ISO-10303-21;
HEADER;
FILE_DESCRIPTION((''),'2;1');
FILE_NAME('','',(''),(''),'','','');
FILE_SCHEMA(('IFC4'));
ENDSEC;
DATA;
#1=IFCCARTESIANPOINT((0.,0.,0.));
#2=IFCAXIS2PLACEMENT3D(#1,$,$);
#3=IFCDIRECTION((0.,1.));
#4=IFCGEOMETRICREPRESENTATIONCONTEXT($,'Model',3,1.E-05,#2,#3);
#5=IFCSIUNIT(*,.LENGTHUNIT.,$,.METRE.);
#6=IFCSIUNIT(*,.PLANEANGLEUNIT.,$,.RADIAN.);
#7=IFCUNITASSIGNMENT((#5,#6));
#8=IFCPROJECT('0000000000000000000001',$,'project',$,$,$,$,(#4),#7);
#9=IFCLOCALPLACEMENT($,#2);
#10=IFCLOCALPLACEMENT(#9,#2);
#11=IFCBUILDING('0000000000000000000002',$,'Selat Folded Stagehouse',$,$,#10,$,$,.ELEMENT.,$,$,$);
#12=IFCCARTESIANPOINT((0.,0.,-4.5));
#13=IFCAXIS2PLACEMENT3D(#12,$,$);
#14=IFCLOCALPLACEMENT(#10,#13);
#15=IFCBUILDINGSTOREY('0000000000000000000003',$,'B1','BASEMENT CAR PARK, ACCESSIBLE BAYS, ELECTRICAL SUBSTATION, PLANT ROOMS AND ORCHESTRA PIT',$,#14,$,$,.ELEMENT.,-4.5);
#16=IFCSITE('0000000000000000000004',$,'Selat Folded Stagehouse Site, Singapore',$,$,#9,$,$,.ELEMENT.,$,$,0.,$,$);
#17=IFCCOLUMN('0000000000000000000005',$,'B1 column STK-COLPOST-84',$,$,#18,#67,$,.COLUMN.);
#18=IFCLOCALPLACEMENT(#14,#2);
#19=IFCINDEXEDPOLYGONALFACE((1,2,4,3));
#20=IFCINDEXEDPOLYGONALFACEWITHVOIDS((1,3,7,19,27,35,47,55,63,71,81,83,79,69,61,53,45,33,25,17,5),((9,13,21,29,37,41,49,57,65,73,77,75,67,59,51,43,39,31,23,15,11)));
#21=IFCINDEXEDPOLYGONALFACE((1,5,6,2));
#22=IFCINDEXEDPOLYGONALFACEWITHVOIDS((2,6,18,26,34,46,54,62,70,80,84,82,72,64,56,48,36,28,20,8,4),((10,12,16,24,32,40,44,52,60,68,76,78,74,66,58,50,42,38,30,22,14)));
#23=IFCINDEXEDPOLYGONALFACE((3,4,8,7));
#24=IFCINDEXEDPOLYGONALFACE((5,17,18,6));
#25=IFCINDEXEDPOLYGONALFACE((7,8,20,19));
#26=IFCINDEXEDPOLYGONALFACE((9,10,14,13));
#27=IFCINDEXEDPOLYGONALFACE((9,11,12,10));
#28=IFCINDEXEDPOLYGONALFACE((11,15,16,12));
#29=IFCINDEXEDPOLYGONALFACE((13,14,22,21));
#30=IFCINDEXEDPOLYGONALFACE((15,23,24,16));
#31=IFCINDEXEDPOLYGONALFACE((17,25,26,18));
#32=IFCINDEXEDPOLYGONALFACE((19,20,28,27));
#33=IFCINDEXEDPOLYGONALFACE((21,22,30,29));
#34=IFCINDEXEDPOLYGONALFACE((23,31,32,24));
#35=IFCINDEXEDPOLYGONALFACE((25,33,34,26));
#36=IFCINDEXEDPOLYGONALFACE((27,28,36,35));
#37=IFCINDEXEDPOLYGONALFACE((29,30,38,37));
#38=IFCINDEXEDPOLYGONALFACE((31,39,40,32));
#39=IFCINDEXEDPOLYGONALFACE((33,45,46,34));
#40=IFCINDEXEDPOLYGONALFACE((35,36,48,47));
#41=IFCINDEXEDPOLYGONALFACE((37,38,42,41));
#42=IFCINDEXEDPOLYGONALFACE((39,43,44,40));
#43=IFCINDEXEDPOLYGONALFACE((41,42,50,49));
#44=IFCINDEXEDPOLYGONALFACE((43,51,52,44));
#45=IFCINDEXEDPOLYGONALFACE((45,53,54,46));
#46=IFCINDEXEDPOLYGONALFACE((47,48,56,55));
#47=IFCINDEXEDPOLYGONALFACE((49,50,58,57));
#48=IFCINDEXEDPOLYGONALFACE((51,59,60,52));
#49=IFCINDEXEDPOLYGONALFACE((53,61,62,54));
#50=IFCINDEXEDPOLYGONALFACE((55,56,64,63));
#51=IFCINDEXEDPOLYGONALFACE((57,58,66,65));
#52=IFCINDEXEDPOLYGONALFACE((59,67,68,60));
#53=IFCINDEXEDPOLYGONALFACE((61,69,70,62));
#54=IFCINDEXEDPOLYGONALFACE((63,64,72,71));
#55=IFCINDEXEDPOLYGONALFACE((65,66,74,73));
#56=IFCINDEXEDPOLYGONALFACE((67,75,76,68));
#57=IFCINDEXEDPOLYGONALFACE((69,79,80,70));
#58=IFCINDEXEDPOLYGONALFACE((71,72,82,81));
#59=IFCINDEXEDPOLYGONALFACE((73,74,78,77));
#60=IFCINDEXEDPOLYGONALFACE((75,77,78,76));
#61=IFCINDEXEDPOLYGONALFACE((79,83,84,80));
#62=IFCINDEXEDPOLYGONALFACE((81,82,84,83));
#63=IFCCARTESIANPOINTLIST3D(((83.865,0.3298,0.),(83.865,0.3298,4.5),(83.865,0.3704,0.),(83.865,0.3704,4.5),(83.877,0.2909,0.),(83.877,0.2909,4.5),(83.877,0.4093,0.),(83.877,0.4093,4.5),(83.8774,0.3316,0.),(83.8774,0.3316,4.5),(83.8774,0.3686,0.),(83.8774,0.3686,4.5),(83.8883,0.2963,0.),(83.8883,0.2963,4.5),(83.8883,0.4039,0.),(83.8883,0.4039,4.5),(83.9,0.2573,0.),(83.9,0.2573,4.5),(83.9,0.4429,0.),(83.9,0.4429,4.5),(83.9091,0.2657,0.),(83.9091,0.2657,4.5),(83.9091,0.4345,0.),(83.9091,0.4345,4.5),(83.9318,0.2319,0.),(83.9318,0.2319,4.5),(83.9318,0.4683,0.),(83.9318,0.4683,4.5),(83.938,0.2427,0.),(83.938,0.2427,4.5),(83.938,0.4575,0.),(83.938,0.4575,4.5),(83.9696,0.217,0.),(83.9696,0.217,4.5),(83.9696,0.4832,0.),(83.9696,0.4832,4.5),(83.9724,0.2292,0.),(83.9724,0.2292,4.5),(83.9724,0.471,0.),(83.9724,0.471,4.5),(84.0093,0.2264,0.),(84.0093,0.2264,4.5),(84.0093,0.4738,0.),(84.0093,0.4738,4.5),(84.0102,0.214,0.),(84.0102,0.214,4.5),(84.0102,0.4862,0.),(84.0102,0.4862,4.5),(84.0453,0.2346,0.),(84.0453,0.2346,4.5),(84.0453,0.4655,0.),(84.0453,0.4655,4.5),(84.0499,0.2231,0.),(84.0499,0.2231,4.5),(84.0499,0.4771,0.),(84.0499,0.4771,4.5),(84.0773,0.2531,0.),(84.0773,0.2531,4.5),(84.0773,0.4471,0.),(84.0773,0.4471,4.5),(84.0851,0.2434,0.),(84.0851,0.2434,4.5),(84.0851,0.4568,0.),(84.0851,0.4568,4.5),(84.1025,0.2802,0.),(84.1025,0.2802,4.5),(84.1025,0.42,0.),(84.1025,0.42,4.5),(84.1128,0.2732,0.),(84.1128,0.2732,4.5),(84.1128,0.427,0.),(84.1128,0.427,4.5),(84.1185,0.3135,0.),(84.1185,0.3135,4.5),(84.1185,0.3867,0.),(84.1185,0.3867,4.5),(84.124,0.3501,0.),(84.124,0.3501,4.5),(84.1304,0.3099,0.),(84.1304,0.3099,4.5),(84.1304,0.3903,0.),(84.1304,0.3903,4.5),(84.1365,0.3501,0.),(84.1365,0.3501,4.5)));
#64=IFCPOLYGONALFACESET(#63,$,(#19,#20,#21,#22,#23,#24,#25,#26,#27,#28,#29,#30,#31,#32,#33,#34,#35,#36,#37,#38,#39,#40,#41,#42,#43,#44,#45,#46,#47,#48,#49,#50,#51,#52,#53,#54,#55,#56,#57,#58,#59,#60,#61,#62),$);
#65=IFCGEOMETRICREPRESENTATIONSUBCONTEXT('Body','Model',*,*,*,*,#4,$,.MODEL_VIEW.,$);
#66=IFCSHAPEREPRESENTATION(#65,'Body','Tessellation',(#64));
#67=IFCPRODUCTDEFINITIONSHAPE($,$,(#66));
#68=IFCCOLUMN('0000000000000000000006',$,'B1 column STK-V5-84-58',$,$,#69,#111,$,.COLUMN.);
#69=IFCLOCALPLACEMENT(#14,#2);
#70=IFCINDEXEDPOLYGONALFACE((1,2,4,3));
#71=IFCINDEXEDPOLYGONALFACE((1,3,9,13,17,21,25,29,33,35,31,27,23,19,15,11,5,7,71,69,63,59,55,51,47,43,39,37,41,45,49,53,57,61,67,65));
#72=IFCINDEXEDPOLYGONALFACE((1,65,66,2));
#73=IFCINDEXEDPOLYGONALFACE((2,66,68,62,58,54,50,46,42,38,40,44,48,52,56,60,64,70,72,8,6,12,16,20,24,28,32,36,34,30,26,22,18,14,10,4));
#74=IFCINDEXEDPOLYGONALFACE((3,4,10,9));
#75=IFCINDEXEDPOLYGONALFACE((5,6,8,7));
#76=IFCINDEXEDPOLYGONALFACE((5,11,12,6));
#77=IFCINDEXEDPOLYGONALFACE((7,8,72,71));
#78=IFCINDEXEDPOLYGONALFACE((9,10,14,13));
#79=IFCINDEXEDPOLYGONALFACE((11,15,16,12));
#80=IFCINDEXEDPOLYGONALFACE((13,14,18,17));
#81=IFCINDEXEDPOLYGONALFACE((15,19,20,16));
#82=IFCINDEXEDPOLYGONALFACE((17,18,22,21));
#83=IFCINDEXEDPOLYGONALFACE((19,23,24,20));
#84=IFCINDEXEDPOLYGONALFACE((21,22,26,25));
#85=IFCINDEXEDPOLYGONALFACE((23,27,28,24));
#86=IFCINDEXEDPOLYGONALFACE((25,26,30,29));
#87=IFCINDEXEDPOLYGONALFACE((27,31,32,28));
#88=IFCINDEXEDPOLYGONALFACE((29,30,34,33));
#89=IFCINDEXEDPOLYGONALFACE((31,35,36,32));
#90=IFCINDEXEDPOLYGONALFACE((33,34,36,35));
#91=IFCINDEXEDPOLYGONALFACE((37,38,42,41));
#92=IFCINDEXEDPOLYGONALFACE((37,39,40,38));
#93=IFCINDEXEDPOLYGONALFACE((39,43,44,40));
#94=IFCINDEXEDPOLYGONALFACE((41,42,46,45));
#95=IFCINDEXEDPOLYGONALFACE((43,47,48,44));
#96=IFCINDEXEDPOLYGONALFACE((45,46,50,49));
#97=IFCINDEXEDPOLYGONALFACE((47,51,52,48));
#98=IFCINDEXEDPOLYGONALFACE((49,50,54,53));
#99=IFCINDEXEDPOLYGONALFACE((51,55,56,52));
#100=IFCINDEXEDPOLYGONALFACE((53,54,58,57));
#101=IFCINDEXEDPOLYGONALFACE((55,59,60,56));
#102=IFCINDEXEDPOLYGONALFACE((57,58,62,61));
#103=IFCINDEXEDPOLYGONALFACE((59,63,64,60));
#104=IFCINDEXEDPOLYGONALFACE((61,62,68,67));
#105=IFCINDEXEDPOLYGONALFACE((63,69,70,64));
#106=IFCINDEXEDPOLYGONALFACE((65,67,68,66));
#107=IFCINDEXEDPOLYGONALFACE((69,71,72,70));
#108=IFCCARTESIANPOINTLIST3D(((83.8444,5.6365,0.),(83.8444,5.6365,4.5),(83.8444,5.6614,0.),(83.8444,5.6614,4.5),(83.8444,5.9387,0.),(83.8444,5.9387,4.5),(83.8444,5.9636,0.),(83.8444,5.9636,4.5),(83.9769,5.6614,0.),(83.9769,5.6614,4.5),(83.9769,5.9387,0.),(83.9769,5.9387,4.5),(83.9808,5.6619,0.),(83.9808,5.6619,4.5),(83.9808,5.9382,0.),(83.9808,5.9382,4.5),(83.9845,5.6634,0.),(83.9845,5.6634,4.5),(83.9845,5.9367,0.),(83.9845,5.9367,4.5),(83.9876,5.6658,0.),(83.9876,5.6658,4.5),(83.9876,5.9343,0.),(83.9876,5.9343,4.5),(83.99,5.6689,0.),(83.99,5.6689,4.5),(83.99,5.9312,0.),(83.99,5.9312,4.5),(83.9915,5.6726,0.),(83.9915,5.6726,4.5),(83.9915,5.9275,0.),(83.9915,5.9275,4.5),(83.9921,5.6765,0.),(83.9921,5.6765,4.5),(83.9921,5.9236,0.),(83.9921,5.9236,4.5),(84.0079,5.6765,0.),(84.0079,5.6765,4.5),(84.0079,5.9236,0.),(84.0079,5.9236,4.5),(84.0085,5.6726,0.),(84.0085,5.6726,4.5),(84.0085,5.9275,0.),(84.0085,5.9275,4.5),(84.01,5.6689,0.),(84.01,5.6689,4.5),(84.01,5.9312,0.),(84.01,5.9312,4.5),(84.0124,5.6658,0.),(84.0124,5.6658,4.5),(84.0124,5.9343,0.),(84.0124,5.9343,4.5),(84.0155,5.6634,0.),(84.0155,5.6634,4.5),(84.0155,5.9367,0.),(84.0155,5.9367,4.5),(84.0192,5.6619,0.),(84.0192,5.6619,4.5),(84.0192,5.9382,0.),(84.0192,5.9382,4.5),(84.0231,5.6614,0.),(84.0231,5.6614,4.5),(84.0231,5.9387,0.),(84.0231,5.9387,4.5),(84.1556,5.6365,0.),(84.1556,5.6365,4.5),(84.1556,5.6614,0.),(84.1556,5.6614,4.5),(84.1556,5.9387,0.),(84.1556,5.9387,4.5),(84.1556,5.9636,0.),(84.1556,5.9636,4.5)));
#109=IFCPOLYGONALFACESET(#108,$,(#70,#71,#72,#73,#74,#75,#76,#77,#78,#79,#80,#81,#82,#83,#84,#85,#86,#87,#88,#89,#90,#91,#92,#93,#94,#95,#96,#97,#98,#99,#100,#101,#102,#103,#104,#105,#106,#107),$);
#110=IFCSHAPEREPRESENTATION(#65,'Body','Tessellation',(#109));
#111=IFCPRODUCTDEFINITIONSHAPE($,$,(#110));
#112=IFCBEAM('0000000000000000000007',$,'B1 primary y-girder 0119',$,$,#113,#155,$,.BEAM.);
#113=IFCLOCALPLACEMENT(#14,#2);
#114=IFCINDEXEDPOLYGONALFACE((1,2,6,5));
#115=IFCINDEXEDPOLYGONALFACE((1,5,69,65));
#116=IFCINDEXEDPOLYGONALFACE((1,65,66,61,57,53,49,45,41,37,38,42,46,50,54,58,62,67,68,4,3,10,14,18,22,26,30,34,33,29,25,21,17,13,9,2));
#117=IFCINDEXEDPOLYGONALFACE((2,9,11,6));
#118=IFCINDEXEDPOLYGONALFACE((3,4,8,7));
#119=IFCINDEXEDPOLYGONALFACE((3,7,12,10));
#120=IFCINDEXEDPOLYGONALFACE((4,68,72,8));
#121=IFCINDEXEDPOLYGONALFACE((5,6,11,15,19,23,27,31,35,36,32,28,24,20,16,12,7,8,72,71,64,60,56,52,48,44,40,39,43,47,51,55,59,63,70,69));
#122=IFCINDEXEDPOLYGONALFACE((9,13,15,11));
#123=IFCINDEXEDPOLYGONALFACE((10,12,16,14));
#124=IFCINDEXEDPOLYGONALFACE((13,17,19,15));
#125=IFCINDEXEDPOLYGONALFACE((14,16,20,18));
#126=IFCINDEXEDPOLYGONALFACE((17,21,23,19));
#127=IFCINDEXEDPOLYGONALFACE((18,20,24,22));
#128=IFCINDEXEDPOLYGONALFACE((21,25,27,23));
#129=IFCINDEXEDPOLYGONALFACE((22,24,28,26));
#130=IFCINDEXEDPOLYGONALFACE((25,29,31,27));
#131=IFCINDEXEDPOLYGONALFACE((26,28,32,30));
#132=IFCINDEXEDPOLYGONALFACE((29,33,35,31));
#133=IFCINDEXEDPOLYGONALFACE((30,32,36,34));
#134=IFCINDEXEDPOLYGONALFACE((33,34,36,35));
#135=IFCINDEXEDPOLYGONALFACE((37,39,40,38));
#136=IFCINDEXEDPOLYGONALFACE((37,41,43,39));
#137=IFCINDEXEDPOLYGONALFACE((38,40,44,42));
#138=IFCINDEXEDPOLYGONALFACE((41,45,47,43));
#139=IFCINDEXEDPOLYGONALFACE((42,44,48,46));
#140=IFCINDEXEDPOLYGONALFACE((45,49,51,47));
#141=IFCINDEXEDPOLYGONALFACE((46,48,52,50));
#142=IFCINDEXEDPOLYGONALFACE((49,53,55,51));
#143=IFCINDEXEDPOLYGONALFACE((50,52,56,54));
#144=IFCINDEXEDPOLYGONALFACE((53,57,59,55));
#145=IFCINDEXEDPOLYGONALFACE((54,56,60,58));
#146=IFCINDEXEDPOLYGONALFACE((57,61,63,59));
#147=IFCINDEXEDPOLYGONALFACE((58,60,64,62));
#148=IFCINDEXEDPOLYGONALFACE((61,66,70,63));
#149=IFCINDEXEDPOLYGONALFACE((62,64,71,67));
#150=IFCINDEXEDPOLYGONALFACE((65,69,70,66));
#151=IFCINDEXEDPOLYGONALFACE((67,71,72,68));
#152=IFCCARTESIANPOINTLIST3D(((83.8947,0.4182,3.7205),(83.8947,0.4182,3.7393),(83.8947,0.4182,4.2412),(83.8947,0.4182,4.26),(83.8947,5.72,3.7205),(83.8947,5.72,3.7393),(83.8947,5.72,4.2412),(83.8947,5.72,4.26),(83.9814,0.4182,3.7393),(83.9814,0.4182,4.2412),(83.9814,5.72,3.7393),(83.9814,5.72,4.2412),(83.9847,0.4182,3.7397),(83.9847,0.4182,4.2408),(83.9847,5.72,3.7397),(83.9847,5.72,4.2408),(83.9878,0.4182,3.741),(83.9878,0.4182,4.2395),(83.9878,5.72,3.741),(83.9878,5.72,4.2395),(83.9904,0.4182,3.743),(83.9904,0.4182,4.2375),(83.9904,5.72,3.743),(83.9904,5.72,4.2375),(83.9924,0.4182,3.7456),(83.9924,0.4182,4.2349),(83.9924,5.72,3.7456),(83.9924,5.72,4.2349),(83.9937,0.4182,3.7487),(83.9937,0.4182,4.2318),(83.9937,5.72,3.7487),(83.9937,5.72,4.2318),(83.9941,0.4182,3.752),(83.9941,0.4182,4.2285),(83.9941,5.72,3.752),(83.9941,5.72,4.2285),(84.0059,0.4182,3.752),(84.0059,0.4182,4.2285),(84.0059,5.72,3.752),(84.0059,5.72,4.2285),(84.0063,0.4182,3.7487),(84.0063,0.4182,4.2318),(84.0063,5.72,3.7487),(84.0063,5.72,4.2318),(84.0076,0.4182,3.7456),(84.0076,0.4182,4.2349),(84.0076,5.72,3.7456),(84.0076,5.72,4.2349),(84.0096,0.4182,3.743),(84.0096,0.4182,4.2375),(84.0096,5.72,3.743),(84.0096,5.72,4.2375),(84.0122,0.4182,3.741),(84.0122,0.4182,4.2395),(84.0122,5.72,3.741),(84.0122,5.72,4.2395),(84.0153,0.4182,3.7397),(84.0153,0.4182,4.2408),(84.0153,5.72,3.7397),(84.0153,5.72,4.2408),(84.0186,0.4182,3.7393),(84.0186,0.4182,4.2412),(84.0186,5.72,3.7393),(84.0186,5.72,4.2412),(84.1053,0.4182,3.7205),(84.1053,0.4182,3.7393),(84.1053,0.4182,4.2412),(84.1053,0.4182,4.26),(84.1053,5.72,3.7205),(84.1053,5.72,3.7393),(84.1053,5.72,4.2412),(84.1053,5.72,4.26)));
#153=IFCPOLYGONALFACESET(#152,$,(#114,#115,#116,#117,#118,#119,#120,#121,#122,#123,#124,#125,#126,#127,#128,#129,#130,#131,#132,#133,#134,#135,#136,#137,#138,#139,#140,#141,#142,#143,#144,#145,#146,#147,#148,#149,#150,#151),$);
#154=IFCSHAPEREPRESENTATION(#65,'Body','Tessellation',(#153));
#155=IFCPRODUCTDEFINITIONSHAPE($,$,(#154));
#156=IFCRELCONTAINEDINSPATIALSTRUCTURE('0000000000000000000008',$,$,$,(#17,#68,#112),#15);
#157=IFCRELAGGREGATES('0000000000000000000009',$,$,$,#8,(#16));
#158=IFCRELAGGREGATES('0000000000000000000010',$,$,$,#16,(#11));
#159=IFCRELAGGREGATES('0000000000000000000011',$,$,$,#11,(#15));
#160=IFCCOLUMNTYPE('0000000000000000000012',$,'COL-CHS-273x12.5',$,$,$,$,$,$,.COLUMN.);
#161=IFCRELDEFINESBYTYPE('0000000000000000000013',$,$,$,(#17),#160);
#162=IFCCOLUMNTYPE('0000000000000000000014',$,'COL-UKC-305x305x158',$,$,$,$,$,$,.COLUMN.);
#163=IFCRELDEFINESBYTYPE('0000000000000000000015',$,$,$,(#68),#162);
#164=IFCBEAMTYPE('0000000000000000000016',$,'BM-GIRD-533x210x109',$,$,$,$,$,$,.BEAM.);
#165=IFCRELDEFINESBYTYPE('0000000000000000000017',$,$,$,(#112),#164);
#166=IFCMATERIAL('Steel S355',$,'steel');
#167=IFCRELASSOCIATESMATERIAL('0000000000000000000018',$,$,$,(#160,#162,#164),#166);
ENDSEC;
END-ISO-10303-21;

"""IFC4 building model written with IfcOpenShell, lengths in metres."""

from ifc_helpers import new_model, si_unit, direction, frame, origin, origin_2d, place, context, subcontext, project, spatial, hollow_circle, i_section, extrude, material, material_profile, profile_set, type_object, element, save


model = new_model("IFC4")

# Units and contexts
model_context = context("Model", 3, precision=1e-05, world=origin(), true_north=direction((0.0, 1.0)))
body_context = subcontext(model_context, "Body", "Model", "MODEL_VIEW")
ifc_project = project(units=[si_unit("LENGTHUNIT", "METRE"), si_unit("PLANEANGLEUNIT", "RADIAN")], contexts=[model_context])

# Site, building, storey
site_placement = place(None, origin())
site = spatial("IfcSite", under=ifc_project, at=site_placement, Name="Selat Folded Stagehouse Site, Singapore", CompositionType="ELEMENT", RefElevation=0.0)
building_placement = place(site_placement, origin())
building = spatial("IfcBuilding", under=site, at=building_placement, Name="Selat Folded Stagehouse", CompositionType="ELEMENT")
storey_placement = place(building_placement, frame((0.0, 0.0, -4.5)))
storey = spatial("IfcBuildingStorey", under=building, at=storey_placement, Name="B1", Description="BASEMENT CAR PARK, ACCESSIBLE BAYS, ELECTRICAL SUBSTATION, PLANT ROOMS AND ORCHESTRA PIT", CompositionType="ELEMENT", Elevation=-4.5)

# Columns
ifc_material_1 = material(Name="Steel S355", Category="steel")
ifc_material_profile_1 = material_profile(ifc_material_1, hollow_circle(Radius=0.1365, WallThickness=0.0125, at=origin_2d()), Name="CHS 273.0x12.5")
ifc_profile_set_1 = profile_set([ifc_material_profile_1], Name="Steel S355")
column_type_1 = type_object("IfcColumnType", Name="COL-CHS-273x12.5", PredefinedType="COLUMN", material=ifc_profile_set_1)
column_1_placement = place(storey_placement, frame((84.0, 0.3501, 0.0), z_axis=(0.0, 0.0, 1.0), x_axis=(1.0, 0.0, 0.0)))
element("IfcColumn", 1, at=column_1_placement, inside=storey, type_object=column_type_1, Name="B1 column STK-COLPOST-84", PredefinedType="COLUMN", context=body_context, shape_type="SweptSolid", body=[
    extrude(hollow_circle(Radius=0.1365, WallThickness=0.0125, at=origin_2d()), origin(), (0.0, 0.0, 1.0), 4.5),
])
ifc_material_profile_2 = material_profile(ifc_material_1, i_section(OverallWidth=0.3113, OverallDepth=0.3271, WebThickness=0.0159, FlangeThickness=0.0249, FilletRadius=0.0151, at=origin_2d()), Name="UKC 305x305x158")
ifc_profile_set_2 = profile_set([ifc_material_profile_2], Name="Steel S355")
column_type_2 = type_object("IfcColumnType", Name="COL-UKC-305x305x158", PredefinedType="COLUMN", material=ifc_profile_set_2)
column_2_placement = place(storey_placement, frame((84.0, 5.8, 0.0), z_axis=(0.0, 0.0, 1.0), x_axis=(1.0, 0.0, 0.0)))
element("IfcColumn", 2, at=column_2_placement, inside=storey, type_object=column_type_2, Name="B1 column STK-V5-84-58", PredefinedType="COLUMN", context=body_context, shape_type="SweptSolid", body=[
    extrude(i_section(OverallWidth=0.3113, OverallDepth=0.3271, WebThickness=0.0159, FlangeThickness=0.0249, FilletRadius=0.0151, at=origin_2d()), origin(), (0.0, 0.0, 1.0), 4.5),
])

# Beam
ifc_material_profile_3 = material_profile(ifc_material_1, i_section(OverallWidth=0.2107, OverallDepth=0.5396, WebThickness=0.0117, FlangeThickness=0.0188, FilletRadius=0.0127, at=origin_2d()), Name="UKB 533x210x109")
ifc_profile_set_3 = profile_set([ifc_material_profile_3], Name="Steel S355")
beam_type_1 = type_object("IfcBeamType", Name="BM-GIRD-533x210x109", PredefinedType="BEAM", material=ifc_profile_set_3)
beam_1_placement = place(storey_placement, frame((84.0, 0.4182, 3.9902), z_axis=(0.0, 1.0, 0.0), x_axis=(-1.0, 0.0, 0.0)))
element("IfcBeam", 3, at=beam_1_placement, inside=storey, type_object=beam_type_1, Name="B1 primary y-girder 0119", PredefinedType="BEAM", context=body_context, shape_type="SweptSolid", body=[
    extrude(i_section(OverallWidth=0.2107, OverallDepth=0.5396, WebThickness=0.0117, FlangeThickness=0.0188, FilletRadius=0.0127, at=origin_2d()), origin(), (0.0, 0.0, 1.0), 5.3018),
])

save(model, "model.ifc")
